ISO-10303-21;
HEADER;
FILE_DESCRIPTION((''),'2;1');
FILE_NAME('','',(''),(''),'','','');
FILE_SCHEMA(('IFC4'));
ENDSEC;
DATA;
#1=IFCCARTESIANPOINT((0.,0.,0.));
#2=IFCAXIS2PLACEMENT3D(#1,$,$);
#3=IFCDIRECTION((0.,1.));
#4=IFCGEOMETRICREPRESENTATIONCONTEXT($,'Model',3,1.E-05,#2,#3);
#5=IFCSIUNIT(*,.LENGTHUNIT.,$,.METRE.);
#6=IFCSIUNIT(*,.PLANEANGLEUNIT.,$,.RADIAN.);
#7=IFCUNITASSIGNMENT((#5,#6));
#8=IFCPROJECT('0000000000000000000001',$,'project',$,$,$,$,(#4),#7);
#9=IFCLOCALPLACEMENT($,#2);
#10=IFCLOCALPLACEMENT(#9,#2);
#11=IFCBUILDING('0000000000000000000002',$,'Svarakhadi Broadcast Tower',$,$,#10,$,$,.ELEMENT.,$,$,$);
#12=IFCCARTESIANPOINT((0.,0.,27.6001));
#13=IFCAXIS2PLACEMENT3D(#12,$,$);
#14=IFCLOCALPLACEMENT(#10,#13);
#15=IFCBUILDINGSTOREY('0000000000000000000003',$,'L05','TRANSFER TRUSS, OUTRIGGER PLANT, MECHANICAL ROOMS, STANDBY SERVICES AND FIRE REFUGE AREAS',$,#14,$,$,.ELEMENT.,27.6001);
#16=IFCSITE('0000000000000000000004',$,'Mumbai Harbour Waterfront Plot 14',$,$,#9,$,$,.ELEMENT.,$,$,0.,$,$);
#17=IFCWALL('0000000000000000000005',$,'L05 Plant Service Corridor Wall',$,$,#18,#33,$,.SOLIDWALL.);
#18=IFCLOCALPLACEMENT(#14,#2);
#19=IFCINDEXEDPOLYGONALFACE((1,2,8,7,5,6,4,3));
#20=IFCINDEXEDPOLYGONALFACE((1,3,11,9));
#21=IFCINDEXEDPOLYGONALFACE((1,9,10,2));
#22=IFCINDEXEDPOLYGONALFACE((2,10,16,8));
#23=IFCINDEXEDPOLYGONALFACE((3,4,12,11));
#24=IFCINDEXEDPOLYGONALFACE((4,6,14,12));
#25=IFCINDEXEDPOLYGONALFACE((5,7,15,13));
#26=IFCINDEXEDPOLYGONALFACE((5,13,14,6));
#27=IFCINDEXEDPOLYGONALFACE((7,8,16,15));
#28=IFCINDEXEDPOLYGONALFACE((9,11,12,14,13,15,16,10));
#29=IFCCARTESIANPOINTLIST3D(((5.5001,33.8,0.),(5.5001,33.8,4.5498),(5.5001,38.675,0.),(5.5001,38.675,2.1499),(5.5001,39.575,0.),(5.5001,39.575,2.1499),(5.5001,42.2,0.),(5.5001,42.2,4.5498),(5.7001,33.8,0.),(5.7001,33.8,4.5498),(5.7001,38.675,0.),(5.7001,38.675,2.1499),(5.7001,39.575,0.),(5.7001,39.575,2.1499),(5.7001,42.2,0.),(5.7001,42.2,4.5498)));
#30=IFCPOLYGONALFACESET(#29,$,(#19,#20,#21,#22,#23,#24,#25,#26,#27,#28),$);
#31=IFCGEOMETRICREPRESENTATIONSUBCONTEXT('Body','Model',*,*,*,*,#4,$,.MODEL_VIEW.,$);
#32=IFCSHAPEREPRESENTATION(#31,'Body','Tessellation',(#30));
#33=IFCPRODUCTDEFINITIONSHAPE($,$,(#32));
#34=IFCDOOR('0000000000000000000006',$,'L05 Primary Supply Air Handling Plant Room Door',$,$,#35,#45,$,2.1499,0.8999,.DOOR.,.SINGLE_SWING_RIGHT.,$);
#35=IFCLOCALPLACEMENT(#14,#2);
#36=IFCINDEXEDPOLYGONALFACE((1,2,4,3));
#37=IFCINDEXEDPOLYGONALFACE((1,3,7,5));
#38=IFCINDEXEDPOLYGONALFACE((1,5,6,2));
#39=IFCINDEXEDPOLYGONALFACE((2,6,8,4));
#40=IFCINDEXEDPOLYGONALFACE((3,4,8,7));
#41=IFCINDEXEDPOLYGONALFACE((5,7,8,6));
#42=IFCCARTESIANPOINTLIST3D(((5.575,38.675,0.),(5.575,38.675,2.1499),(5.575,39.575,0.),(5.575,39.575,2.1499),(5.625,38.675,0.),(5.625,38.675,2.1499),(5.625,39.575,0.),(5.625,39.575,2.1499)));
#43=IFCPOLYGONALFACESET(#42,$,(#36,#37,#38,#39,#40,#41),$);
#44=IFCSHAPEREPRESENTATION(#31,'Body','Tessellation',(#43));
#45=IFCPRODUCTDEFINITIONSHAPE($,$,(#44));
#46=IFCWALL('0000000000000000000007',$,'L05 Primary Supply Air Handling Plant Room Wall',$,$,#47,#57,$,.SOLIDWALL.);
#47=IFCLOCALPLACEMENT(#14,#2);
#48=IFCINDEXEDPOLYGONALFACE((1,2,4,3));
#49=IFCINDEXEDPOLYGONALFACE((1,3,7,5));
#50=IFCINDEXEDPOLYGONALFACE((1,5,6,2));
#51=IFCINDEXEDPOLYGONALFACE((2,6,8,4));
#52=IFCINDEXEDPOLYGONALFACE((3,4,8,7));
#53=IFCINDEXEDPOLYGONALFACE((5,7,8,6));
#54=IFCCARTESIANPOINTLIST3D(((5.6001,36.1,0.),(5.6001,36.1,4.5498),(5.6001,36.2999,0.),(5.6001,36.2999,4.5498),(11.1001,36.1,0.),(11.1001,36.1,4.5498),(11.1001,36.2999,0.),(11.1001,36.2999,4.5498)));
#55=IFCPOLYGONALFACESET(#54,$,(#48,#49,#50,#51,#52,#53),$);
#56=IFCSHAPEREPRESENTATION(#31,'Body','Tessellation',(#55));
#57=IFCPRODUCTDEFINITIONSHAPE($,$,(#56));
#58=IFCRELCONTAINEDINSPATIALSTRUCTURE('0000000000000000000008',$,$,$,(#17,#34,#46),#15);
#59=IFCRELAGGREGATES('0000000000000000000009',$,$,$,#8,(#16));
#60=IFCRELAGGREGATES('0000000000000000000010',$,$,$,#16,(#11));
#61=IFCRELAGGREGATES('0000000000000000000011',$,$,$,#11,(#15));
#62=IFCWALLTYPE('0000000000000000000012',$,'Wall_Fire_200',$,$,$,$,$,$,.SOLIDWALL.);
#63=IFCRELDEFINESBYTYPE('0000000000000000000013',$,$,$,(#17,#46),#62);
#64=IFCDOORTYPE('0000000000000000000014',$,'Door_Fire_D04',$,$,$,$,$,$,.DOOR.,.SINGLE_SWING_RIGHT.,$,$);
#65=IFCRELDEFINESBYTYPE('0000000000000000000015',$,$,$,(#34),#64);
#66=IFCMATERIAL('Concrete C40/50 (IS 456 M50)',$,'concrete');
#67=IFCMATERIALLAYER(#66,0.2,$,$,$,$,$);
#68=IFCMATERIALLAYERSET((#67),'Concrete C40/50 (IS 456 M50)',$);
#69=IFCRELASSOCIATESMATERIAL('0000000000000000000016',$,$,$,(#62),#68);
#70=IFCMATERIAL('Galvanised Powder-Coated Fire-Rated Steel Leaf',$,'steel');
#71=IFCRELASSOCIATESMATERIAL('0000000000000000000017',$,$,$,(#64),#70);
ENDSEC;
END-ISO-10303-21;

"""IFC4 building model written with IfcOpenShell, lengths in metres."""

from ifc_helpers import new_model, si_unit, direction, frame, frame_2d, origin, place, context, subcontext, project, spatial, rectangle, extrude, material, layer, layer_set, type_object, element, fill, save


model = new_model("IFC4")

# Units and contexts
model_context = context("Model", 3, precision=1e-05, world=origin(), true_north=direction((0.0, 1.0)))
body_context = subcontext(model_context, "Body", "Model", "MODEL_VIEW")
ifc_project = project(units=[si_unit("LENGTHUNIT", "METRE"), si_unit("PLANEANGLEUNIT", "RADIAN")], contexts=[model_context])

# Site, building, storey
site_placement = place(None, origin())
site = spatial("IfcSite", under=ifc_project, at=site_placement, Name="Mumbai Harbour Waterfront Plot 14", CompositionType="ELEMENT", RefElevation=0.0)
building_placement = place(site_placement, origin())
building = spatial("IfcBuilding", under=site, at=building_placement, Name="Svarakhadi Broadcast Tower", CompositionType="ELEMENT")
storey_placement = place(building_placement, frame((0.0, 0.0, 27.6001)))
storey = spatial("IfcBuildingStorey", under=building, at=storey_placement, Name="L05", Description="TRANSFER TRUSS, OUTRIGGER PLANT, MECHANICAL ROOMS, STANDBY SERVICES AND FIRE REFUGE AREAS", CompositionType="ELEMENT", Elevation=27.6001)

# Shared definitions
ifc_material_1 = material(Name="Concrete C40/50 (IS 456 M50)", Category="concrete")
ifc_layer_1 = layer(ifc_material_1, 0.2)
ifc_layer_set_1 = layer_set([ifc_layer_1], Name="Concrete C40/50 (IS 456 M50)")
wall_type_1 = type_object("IfcWallType", Name="Wall_Fire_200", PredefinedType="SOLIDWALL", material=ifc_layer_set_1)

# Wall, opening, door
wall_1_placement = place(storey_placement, frame((5.6001, 42.2, 0.0), z_axis=(0.0, 0.0, 1.0), x_axis=(0.0, -1.0, 0.0)))
wall_1 = element("IfcWall", 1, at=wall_1_placement, inside=storey, type_object=wall_type_1, Name="L05 Plant Service Corridor Wall", PredefinedType="SOLIDWALL", context=body_context, shape_type="SweptSolid", body=[
    extrude(rectangle(XDim=8.3999, YDim=0.2, at=frame_2d((4.2, 0.0))), origin(), (0.0, 0.0, 1.0), 4.5498),
])
opening_placement = place(wall_1_placement, frame((2.625, 0.0, 0.0)))
opening = element("IfcOpeningElement", 2, at=opening_placement, cuts=wall_1, PredefinedType="OPENING", context=body_context, shape_type="SweptSolid", body=[
    extrude(rectangle(XDim=0.8999, YDim=2.1499, at=frame_2d((0.45, 1.075))), frame((0.0, 0.1099, 0.0), z_axis=(0.0, -1.0, 0.0), x_axis=(1.0, 0.0, 0.0)), (0.0, 0.0, 1.0), 0.22),
])
ifc_material_2 = material(Name="Galvanised Powder-Coated Fire-Rated Steel Leaf", Category="steel")
door_type = type_object("IfcDoorType", Name="Door_Fire_D04", OperationType="SINGLE_SWING_RIGHT", PredefinedType="DOOR", material=ifc_material_2)
door_placement = place(opening_placement, origin())
door = element("IfcDoor", 3, at=door_placement, inside=storey, type_object=door_type, Name="L05 Primary Supply Air Handling Plant Room Door", OperationType="SINGLE_SWING_RIGHT", OverallHeight=2.1499, OverallWidth=0.8999, PredefinedType="DOOR", context=body_context, shape_type="SweptSolid", body=[
    extrude(rectangle(XDim=0.8999, YDim=2.1499, at=frame_2d((0.45, 1.075))), frame((0.0, 0.0249, 0.0), z_axis=(0.0, -1.0, 0.0), x_axis=(1.0, 0.0, 0.0)), (0.0, 0.0, 1.0), 0.05),
])
fill(opening, door)

# Wall
wall_2_placement = place(storey_placement, frame((5.6001, 36.2, 0.0), z_axis=(0.0, 0.0, 1.0), x_axis=(1.0, 0.0, 0.0)))
element("IfcWall", 4, at=wall_2_placement, inside=storey, type_object=wall_type_1, Name="L05 Primary Supply Air Handling Plant Room Wall", PredefinedType="SOLIDWALL", context=body_context, shape_type="SweptSolid", body=[
    extrude(rectangle(XDim=5.5, YDim=0.2, at=frame_2d((2.75, 0.0))), origin(), (0.0, 0.0, 1.0), 4.5498),
])

save(model, "model.ifc")
